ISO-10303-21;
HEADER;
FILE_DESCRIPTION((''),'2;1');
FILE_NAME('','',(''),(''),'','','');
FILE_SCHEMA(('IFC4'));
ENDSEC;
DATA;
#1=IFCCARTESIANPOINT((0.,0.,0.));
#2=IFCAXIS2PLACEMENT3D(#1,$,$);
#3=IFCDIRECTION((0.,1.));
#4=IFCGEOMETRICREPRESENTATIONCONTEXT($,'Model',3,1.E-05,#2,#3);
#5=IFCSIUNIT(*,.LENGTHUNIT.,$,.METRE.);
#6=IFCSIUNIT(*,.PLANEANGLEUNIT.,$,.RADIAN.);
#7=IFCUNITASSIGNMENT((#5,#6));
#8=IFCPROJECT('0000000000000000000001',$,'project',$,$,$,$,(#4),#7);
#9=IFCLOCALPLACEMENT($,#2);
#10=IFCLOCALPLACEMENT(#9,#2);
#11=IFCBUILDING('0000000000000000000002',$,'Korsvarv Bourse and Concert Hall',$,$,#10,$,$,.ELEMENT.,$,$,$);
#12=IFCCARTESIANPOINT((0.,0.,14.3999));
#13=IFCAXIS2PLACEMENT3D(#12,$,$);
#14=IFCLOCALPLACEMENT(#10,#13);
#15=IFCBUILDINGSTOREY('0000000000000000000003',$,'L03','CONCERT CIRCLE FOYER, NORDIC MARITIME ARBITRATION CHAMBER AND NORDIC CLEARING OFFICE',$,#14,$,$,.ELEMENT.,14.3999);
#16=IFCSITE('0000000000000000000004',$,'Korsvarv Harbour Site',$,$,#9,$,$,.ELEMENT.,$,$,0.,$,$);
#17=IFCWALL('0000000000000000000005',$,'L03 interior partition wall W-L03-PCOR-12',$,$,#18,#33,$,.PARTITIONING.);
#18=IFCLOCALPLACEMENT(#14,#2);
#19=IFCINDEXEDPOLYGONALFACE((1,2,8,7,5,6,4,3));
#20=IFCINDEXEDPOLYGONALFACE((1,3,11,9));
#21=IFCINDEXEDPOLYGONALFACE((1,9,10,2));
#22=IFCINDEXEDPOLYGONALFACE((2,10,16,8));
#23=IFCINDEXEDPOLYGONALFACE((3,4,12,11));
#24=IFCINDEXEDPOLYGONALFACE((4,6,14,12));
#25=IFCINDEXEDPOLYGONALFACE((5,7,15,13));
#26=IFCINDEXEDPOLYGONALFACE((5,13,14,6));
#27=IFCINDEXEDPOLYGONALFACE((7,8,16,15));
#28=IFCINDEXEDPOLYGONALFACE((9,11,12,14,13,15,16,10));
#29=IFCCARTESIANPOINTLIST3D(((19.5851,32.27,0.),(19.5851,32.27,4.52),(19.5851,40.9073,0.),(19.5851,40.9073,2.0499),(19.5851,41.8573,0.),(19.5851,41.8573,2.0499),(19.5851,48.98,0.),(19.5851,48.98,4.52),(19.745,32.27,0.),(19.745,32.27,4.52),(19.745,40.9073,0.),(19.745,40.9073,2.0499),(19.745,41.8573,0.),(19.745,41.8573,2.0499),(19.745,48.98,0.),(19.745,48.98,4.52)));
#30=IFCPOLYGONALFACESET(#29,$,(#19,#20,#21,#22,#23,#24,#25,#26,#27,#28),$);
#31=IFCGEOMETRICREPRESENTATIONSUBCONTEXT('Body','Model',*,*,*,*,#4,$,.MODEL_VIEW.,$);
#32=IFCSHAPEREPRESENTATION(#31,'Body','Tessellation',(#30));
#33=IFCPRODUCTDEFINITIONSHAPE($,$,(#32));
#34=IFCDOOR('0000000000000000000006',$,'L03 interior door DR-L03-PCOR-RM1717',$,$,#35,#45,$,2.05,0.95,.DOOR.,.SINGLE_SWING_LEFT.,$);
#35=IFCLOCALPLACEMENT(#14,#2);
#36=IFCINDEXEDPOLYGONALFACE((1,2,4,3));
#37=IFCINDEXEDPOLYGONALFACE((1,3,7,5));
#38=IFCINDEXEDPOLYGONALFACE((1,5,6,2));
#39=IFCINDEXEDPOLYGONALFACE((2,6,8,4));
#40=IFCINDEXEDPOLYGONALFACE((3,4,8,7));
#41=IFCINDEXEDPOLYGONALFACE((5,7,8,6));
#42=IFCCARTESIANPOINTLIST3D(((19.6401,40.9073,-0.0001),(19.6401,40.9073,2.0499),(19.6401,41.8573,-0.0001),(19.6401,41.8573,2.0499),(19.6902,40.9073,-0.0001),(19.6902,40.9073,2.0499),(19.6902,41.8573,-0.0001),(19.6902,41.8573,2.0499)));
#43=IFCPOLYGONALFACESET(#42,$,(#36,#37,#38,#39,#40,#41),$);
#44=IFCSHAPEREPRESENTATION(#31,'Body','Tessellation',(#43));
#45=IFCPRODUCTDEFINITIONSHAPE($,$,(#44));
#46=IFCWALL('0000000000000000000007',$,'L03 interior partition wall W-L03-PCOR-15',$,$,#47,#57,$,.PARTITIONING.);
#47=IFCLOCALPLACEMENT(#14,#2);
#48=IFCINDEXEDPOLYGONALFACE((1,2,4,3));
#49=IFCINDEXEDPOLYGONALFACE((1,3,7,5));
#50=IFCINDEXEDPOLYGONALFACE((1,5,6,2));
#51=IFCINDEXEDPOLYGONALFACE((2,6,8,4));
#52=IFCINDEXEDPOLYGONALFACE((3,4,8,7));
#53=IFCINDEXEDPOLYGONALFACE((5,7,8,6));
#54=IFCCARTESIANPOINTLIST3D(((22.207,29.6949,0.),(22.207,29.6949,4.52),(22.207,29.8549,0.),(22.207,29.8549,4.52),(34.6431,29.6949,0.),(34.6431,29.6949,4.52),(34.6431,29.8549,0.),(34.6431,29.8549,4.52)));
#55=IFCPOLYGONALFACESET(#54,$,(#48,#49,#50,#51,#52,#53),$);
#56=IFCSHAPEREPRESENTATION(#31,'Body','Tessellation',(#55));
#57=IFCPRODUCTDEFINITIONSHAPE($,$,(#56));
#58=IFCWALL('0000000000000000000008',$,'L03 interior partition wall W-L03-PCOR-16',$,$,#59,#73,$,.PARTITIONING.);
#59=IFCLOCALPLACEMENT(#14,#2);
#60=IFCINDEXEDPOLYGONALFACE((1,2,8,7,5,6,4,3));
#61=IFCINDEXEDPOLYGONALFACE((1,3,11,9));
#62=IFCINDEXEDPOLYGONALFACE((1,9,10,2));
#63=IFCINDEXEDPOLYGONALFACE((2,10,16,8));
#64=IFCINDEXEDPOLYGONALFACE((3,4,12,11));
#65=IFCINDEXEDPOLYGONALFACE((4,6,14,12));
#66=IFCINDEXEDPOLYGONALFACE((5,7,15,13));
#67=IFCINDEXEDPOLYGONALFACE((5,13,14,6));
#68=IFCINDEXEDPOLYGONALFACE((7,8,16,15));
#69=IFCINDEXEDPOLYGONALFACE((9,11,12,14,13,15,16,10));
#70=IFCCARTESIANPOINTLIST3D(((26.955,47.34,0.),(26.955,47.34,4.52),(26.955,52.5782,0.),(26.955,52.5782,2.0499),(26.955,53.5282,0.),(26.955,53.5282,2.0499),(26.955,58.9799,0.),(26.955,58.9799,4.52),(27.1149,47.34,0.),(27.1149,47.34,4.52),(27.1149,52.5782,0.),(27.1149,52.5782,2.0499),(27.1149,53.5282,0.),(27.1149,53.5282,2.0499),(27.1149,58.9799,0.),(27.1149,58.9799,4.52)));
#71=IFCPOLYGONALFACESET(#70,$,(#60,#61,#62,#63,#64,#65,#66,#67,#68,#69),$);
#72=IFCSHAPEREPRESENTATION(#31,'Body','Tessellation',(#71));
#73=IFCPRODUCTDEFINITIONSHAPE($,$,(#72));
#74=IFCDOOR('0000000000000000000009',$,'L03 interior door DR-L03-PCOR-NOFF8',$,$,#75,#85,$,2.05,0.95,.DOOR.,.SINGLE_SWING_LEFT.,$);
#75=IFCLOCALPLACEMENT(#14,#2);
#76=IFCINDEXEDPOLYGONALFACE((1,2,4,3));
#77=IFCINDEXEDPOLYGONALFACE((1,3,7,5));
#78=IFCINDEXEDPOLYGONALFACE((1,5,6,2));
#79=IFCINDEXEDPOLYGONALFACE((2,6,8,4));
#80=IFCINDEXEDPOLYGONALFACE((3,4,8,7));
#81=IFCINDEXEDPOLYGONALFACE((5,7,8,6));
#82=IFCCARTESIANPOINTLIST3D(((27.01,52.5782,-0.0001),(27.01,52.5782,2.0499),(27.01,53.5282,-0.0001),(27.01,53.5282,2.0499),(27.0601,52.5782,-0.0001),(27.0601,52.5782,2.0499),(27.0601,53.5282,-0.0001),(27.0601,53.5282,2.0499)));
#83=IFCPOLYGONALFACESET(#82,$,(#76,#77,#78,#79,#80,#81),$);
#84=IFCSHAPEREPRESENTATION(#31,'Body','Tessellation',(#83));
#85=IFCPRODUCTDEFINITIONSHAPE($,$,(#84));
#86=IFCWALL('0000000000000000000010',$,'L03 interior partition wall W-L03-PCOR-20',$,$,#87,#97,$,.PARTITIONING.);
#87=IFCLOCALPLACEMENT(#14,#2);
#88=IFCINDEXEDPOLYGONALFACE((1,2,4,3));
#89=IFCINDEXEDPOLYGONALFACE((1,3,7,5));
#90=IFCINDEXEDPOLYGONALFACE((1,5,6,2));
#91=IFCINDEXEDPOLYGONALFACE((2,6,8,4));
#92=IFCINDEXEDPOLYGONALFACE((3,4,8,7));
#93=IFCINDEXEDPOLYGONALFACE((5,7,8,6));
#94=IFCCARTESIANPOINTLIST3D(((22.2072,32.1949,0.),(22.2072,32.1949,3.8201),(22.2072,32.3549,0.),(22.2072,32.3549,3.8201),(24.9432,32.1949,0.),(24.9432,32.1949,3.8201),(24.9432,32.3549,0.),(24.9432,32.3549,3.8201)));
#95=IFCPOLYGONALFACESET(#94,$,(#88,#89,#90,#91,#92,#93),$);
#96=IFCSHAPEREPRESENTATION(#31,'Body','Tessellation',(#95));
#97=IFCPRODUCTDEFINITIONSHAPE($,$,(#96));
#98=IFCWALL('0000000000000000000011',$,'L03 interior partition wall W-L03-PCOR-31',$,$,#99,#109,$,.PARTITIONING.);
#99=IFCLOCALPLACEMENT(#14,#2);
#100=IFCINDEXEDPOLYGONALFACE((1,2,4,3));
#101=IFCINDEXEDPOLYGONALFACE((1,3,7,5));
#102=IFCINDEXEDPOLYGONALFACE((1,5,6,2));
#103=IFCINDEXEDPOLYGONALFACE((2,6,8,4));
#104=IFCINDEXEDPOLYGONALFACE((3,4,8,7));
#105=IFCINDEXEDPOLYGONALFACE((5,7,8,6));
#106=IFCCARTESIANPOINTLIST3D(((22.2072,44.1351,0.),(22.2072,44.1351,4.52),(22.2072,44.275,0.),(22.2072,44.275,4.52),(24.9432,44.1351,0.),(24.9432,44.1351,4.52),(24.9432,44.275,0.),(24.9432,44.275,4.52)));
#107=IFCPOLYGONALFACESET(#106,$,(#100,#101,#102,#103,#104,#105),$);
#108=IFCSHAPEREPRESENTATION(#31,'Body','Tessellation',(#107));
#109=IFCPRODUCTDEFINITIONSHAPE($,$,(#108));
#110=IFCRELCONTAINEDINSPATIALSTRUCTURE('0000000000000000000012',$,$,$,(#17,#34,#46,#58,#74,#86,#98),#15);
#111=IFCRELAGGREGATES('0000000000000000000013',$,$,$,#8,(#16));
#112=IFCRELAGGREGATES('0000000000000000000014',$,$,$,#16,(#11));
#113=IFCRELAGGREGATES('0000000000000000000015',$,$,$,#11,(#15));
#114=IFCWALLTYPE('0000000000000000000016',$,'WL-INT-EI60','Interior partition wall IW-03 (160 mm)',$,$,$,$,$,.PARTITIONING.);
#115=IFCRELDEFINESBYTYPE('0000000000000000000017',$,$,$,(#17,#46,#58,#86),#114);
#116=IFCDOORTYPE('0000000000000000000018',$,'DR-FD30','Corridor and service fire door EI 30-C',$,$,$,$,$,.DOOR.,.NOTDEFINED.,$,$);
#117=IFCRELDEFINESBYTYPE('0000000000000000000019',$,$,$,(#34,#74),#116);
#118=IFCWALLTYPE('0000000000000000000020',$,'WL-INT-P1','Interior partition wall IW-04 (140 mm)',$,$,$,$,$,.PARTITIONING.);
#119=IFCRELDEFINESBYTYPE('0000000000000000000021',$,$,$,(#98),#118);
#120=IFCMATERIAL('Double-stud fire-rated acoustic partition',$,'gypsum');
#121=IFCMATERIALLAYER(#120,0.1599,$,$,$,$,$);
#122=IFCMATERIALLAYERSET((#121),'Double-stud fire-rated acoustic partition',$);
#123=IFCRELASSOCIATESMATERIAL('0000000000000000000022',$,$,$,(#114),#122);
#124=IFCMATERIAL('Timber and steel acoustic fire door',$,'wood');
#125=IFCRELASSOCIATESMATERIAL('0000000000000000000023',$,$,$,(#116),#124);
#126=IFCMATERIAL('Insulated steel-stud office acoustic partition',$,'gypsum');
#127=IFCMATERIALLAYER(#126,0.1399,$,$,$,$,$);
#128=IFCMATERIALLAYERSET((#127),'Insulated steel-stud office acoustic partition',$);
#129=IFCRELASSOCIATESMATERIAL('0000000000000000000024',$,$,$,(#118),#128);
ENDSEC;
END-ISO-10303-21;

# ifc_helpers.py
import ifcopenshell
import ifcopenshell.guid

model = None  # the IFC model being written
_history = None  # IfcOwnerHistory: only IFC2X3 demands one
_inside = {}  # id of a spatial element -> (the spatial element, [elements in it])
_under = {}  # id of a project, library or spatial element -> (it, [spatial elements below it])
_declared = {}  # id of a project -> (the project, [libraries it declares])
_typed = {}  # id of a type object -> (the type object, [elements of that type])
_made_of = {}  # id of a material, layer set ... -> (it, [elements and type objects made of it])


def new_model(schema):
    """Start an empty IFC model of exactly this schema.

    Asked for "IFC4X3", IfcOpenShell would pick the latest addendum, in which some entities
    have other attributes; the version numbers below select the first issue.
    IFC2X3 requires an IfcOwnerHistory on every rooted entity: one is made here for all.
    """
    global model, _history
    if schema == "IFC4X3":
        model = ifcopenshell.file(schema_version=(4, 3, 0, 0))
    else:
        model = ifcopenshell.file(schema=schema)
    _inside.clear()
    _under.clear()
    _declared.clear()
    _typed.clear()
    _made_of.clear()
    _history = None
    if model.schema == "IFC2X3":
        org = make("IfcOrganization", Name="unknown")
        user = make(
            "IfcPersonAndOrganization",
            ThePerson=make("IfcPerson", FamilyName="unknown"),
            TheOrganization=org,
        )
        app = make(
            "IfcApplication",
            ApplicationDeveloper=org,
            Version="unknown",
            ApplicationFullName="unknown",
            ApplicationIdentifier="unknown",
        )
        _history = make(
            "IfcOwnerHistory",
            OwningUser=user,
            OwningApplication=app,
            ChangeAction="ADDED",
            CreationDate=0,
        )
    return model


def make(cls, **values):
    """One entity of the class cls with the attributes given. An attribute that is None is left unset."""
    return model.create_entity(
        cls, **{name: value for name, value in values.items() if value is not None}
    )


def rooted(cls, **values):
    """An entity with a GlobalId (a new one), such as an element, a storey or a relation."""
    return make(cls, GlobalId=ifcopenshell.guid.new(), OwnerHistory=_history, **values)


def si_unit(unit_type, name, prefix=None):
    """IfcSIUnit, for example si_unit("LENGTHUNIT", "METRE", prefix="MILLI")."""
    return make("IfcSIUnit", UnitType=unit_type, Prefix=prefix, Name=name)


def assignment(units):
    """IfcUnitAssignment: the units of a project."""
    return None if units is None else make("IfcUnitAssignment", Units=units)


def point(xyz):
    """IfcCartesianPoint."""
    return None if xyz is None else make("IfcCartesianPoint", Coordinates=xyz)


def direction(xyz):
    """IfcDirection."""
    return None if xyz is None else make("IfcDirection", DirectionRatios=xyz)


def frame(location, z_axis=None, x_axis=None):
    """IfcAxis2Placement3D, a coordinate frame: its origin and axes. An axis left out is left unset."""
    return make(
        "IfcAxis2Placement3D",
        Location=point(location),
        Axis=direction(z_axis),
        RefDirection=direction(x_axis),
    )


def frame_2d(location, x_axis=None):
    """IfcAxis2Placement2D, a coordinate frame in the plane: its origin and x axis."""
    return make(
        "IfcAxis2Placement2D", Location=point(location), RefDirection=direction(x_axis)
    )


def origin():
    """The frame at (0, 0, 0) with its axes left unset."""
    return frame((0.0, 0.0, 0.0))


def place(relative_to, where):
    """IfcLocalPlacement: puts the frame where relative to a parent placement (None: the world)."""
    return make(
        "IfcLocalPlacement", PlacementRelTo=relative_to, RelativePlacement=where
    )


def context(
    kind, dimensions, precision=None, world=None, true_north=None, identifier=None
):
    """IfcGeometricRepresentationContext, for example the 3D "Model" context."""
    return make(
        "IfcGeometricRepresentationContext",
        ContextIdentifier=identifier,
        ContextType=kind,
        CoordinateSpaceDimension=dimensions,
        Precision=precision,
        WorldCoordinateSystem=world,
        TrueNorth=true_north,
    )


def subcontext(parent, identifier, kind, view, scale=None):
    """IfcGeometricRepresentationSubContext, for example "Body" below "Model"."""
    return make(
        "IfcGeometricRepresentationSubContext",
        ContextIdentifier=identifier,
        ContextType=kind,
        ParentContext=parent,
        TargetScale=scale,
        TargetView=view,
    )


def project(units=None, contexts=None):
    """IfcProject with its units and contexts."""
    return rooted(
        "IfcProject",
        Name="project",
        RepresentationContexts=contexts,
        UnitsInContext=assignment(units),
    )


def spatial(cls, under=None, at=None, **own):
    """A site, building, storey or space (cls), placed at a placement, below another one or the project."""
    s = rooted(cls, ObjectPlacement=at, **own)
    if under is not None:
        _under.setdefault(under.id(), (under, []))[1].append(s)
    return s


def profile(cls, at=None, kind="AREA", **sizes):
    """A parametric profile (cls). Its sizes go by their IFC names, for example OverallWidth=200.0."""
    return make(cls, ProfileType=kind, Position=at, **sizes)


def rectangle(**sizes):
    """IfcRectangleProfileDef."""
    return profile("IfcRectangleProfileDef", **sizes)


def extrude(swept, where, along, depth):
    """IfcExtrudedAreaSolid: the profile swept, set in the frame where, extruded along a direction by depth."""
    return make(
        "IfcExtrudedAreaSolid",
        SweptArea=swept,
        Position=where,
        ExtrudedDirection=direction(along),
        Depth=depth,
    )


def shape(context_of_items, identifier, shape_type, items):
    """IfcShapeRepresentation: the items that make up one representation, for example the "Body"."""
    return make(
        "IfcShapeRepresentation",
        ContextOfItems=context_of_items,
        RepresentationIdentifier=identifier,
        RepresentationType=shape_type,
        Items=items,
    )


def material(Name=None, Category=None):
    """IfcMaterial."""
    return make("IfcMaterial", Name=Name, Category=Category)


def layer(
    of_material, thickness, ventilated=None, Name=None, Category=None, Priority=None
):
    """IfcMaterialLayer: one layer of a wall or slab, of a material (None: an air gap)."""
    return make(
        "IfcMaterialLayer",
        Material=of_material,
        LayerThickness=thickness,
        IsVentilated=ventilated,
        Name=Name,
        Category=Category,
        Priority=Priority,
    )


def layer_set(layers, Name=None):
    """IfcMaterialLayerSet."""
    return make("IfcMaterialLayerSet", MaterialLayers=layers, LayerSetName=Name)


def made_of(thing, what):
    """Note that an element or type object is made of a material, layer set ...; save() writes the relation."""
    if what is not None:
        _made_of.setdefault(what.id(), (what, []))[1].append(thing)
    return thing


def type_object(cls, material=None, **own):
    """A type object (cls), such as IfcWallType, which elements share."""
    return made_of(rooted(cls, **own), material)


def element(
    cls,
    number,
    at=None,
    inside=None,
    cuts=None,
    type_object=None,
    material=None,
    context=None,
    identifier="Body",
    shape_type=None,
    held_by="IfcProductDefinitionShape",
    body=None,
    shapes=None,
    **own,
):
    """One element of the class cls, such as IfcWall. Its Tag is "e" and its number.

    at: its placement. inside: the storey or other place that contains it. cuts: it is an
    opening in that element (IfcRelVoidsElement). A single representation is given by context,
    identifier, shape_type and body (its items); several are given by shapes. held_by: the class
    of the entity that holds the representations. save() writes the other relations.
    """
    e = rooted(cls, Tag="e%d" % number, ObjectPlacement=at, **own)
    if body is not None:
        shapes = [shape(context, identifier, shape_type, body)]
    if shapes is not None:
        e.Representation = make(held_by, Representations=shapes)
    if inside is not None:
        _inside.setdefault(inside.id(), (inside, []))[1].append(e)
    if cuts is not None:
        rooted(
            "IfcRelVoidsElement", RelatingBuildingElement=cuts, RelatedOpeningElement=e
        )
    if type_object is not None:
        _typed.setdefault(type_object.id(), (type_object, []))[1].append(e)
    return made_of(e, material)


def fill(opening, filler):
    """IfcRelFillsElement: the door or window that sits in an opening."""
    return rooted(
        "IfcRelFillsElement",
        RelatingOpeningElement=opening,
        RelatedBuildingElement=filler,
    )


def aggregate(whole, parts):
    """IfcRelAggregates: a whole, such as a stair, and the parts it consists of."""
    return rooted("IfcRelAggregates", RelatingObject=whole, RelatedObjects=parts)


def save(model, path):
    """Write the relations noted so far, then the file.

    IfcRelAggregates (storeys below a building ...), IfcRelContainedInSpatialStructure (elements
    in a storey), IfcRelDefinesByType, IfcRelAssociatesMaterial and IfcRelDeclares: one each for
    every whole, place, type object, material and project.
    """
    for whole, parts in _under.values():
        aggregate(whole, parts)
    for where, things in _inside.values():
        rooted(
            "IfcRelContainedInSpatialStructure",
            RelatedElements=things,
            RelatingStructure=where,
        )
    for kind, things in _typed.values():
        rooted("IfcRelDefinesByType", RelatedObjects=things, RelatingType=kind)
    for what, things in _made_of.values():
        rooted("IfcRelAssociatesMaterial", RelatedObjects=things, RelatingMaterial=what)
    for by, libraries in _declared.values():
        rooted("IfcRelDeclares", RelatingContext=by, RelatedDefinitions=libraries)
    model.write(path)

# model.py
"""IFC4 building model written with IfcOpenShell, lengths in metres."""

from ifc_helpers import new_model, si_unit, direction, frame, frame_2d, origin, place, context, subcontext, project, spatial, rectangle, extrude, material, layer, layer_set, type_object, element, fill, save


model = new_model("IFC4")

# Units and contexts
model_context = context("Model", 3, precision=1e-05, world=origin(), true_north=direction((0.0, 1.0)))
body_context = subcontext(model_context, "Body", "Model", "MODEL_VIEW")
ifc_project = project(units=[si_unit("LENGTHUNIT", "METRE"), si_unit("PLANEANGLEUNIT", "RADIAN")], contexts=[model_context])

# Site, building, storey
site_placement = place(None, origin())
site = spatial("IfcSite", under=ifc_project, at=site_placement, Name="Korsvarv Harbour Site", CompositionType="ELEMENT", RefElevation=0.0)
building_placement = place(site_placement, origin())
building = spatial("IfcBuilding", under=site, at=building_placement, Name="Korsvarv Bourse and Concert Hall", CompositionType="ELEMENT")
storey_placement = place(building_placement, frame((0.0, 0.0, 14.3999)))
storey = spatial("IfcBuildingStorey", under=building, at=storey_placement, Name="L03", Description="CONCERT CIRCLE FOYER, NORDIC MARITIME ARBITRATION CHAMBER AND NORDIC CLEARING OFFICE", CompositionType="ELEMENT", Elevation=14.3999)

# Shared definitions
ifc_material_1 = material(Name="Double-stud fire-rated acoustic partition", Category="gypsum")
ifc_layer_1 = layer(ifc_material_1, 0.1599)
ifc_layer_set_1 = layer_set([ifc_layer_1], Name="Double-stud fire-rated acoustic partition")
wall_type_1 = type_object("IfcWallType", Name="WL-INT-EI60", Description="Interior partition wall IW-03 (160 mm)", PredefinedType="PARTITIONING", material=ifc_layer_set_1)

# Shared definitions
ifc_material_2 = material(Name="Timber and steel acoustic fire door", Category="wood")
door_type_1 = type_object("IfcDoorType", Name="DR-FD30", Description="Corridor and service fire door EI 30-C", OperationType="NOTDEFINED", PredefinedType="DOOR", material=ifc_material_2)

# Wall, opening, door
wall_1_placement = place(storey_placement, frame((19.665, 32.27, 0.0), z_axis=(0.0, 0.0, 1.0), x_axis=(0.0, 1.0, 0.0)))
wall_1 = element("IfcWall", 1, at=wall_1_placement, inside=storey, type_object=wall_type_1, Name="L03 interior partition wall W-L03-PCOR-12", PredefinedType="PARTITIONING", context=body_context, shape_type="SweptSolid", body=[
    extrude(rectangle(XDim=16.71, YDim=0.1599, at=frame_2d((8.355, 0.0))), origin(), (0.0, 0.0, 1.0), 4.52),
])
opening_1_placement = place(wall_1_placement, frame((8.6372, 0.0, 0.0)))
opening_1 = element("IfcOpeningElement", 2, at=opening_1_placement, cuts=wall_1, PredefinedType="OPENING", context=body_context, shape_type="SweptSolid", body=[
    extrude(rectangle(XDim=0.95, YDim=2.05, at=frame_2d((0.4751, 1.0249))), frame((0.0, 0.0898, 0.0), z_axis=(0.0, -1.0, 0.0), x_axis=(1.0, 0.0, 0.0)), (0.0, 0.0, 1.0), 0.1799),
])
door_1_placement = place(opening_1_placement, origin())
door_1 = element("IfcDoor", 3, at=door_1_placement, inside=storey, type_object=door_type_1, Name="L03 interior door DR-L03-PCOR-RM1717", OperationType="SINGLE_SWING_LEFT", OverallHeight=2.05, OverallWidth=0.95, PredefinedType="DOOR", context=body_context, shape_type="SweptSolid", body=[
    extrude(rectangle(XDim=0.95, YDim=2.05, at=frame_2d((0.4751, 1.0249))), frame((0.0, 0.0249, 0.0), z_axis=(0.0, -1.0, 0.0), x_axis=(1.0, 0.0, 0.0)), (0.0, 0.0, 1.0), 0.05),
])
fill(opening_1, door_1)

# Wall
wall_2_placement = place(storey_placement, frame((22.207, 29.7749, 0.0), z_axis=(0.0, 0.0, 1.0), x_axis=(1.0, 0.0, 0.0)))
element("IfcWall", 4, at=wall_2_placement, inside=storey, type_object=wall_type_1, Name="L03 interior partition wall W-L03-PCOR-15", PredefinedType="PARTITIONING", context=body_context, shape_type="SweptSolid", body=[
    extrude(rectangle(XDim=12.436, YDim=0.1599, at=frame_2d((6.218, 0.0))), origin(), (0.0, 0.0, 1.0), 4.52),
])

# Wall, opening, door
wall_3_placement = place(storey_placement, frame((27.0349, 47.3401, 0.0), z_axis=(0.0, 0.0, 1.0), x_axis=(0.0, 1.0, 0.0)))
wall_3 = element("IfcWall", 5, at=wall_3_placement, inside=storey, type_object=wall_type_1, Name="L03 interior partition wall W-L03-PCOR-16", PredefinedType="PARTITIONING", context=body_context, shape_type="SweptSolid", body=[
    extrude(rectangle(XDim=11.6399, YDim=0.1599, at=frame_2d((5.8198, 0.0))), origin(), (0.0, 0.0, 1.0), 4.52),
])
opening_2_placement = place(wall_3_placement, frame((5.238, 0.0, 0.0)))
opening_2 = element("IfcOpeningElement", 6, at=opening_2_placement, cuts=wall_3, PredefinedType="OPENING", context=body_context, shape_type="SweptSolid", body=[
    extrude(rectangle(XDim=0.95, YDim=2.05, at=frame_2d((0.4751, 1.0249))), frame((0.0, 0.0898, 0.0), z_axis=(0.0, -1.0, 0.0), x_axis=(1.0, 0.0, 0.0)), (0.0, 0.0, 1.0), 0.1799),
])
door_2_placement = place(opening_2_placement, origin())
door_2 = element("IfcDoor", 7, at=door_2_placement, inside=storey, type_object=door_type_1, Name="L03 interior door DR-L03-PCOR-NOFF8", OperationType="SINGLE_SWING_LEFT", OverallHeight=2.05, OverallWidth=0.95, PredefinedType="DOOR", context=body_context, shape_type="SweptSolid", body=[
    extrude(rectangle(XDim=0.95, YDim=2.05, at=frame_2d((0.4751, 1.0249))), frame((0.0, 0.0249, 0.0), z_axis=(0.0, -1.0, 0.0), x_axis=(1.0, 0.0, 0.0)), (0.0, 0.0, 1.0), 0.05),
])
fill(opening_2, door_2)

# Walls
wall_4_placement = place(storey_placement, frame((22.207, 32.2749, 0.0), z_axis=(0.0, 0.0, 1.0), x_axis=(1.0, 0.0, 0.0)))
element("IfcWall", 8, at=wall_4_placement, inside=storey, type_object=wall_type_1, Name="L03 interior partition wall W-L03-PCOR-20", PredefinedType="PARTITIONING", context=body_context, shape_type="SweptSolid", body=[
    extrude(rectangle(XDim=2.7361, YDim=0.1599, at=frame_2d((1.3682, 0.0))), origin(), (0.0, 0.0, 1.0), 3.8201),
])
ifc_material_3 = material(Name="Insulated steel-stud office acoustic partition", Category="gypsum")
ifc_layer_2 = layer(ifc_material_3, 0.1399)
ifc_layer_set_2 = layer_set([ifc_layer_2], Name="Insulated steel-stud office acoustic partition")
wall_type_2 = type_object("IfcWallType", Name="WL-INT-P1", Description="Interior partition wall IW-04 (140 mm)", PredefinedType="PARTITIONING", material=ifc_layer_set_2)
wall_5_placement = place(storey_placement, frame((22.207, 44.2051, 0.0), z_axis=(0.0, 0.0, 1.0), x_axis=(1.0, 0.0, 0.0)))
element("IfcWall", 9, at=wall_5_placement, inside=storey, type_object=wall_type_2, Name="L03 interior partition wall W-L03-PCOR-31", PredefinedType="PARTITIONING", context=body_context, shape_type="SweptSolid", body=[
    extrude(rectangle(XDim=2.7361, YDim=0.1399, at=frame_2d((1.3682, 0.0))), origin(), (0.0, 0.0, 1.0), 4.52),
])

save(model, "model.ifc")
